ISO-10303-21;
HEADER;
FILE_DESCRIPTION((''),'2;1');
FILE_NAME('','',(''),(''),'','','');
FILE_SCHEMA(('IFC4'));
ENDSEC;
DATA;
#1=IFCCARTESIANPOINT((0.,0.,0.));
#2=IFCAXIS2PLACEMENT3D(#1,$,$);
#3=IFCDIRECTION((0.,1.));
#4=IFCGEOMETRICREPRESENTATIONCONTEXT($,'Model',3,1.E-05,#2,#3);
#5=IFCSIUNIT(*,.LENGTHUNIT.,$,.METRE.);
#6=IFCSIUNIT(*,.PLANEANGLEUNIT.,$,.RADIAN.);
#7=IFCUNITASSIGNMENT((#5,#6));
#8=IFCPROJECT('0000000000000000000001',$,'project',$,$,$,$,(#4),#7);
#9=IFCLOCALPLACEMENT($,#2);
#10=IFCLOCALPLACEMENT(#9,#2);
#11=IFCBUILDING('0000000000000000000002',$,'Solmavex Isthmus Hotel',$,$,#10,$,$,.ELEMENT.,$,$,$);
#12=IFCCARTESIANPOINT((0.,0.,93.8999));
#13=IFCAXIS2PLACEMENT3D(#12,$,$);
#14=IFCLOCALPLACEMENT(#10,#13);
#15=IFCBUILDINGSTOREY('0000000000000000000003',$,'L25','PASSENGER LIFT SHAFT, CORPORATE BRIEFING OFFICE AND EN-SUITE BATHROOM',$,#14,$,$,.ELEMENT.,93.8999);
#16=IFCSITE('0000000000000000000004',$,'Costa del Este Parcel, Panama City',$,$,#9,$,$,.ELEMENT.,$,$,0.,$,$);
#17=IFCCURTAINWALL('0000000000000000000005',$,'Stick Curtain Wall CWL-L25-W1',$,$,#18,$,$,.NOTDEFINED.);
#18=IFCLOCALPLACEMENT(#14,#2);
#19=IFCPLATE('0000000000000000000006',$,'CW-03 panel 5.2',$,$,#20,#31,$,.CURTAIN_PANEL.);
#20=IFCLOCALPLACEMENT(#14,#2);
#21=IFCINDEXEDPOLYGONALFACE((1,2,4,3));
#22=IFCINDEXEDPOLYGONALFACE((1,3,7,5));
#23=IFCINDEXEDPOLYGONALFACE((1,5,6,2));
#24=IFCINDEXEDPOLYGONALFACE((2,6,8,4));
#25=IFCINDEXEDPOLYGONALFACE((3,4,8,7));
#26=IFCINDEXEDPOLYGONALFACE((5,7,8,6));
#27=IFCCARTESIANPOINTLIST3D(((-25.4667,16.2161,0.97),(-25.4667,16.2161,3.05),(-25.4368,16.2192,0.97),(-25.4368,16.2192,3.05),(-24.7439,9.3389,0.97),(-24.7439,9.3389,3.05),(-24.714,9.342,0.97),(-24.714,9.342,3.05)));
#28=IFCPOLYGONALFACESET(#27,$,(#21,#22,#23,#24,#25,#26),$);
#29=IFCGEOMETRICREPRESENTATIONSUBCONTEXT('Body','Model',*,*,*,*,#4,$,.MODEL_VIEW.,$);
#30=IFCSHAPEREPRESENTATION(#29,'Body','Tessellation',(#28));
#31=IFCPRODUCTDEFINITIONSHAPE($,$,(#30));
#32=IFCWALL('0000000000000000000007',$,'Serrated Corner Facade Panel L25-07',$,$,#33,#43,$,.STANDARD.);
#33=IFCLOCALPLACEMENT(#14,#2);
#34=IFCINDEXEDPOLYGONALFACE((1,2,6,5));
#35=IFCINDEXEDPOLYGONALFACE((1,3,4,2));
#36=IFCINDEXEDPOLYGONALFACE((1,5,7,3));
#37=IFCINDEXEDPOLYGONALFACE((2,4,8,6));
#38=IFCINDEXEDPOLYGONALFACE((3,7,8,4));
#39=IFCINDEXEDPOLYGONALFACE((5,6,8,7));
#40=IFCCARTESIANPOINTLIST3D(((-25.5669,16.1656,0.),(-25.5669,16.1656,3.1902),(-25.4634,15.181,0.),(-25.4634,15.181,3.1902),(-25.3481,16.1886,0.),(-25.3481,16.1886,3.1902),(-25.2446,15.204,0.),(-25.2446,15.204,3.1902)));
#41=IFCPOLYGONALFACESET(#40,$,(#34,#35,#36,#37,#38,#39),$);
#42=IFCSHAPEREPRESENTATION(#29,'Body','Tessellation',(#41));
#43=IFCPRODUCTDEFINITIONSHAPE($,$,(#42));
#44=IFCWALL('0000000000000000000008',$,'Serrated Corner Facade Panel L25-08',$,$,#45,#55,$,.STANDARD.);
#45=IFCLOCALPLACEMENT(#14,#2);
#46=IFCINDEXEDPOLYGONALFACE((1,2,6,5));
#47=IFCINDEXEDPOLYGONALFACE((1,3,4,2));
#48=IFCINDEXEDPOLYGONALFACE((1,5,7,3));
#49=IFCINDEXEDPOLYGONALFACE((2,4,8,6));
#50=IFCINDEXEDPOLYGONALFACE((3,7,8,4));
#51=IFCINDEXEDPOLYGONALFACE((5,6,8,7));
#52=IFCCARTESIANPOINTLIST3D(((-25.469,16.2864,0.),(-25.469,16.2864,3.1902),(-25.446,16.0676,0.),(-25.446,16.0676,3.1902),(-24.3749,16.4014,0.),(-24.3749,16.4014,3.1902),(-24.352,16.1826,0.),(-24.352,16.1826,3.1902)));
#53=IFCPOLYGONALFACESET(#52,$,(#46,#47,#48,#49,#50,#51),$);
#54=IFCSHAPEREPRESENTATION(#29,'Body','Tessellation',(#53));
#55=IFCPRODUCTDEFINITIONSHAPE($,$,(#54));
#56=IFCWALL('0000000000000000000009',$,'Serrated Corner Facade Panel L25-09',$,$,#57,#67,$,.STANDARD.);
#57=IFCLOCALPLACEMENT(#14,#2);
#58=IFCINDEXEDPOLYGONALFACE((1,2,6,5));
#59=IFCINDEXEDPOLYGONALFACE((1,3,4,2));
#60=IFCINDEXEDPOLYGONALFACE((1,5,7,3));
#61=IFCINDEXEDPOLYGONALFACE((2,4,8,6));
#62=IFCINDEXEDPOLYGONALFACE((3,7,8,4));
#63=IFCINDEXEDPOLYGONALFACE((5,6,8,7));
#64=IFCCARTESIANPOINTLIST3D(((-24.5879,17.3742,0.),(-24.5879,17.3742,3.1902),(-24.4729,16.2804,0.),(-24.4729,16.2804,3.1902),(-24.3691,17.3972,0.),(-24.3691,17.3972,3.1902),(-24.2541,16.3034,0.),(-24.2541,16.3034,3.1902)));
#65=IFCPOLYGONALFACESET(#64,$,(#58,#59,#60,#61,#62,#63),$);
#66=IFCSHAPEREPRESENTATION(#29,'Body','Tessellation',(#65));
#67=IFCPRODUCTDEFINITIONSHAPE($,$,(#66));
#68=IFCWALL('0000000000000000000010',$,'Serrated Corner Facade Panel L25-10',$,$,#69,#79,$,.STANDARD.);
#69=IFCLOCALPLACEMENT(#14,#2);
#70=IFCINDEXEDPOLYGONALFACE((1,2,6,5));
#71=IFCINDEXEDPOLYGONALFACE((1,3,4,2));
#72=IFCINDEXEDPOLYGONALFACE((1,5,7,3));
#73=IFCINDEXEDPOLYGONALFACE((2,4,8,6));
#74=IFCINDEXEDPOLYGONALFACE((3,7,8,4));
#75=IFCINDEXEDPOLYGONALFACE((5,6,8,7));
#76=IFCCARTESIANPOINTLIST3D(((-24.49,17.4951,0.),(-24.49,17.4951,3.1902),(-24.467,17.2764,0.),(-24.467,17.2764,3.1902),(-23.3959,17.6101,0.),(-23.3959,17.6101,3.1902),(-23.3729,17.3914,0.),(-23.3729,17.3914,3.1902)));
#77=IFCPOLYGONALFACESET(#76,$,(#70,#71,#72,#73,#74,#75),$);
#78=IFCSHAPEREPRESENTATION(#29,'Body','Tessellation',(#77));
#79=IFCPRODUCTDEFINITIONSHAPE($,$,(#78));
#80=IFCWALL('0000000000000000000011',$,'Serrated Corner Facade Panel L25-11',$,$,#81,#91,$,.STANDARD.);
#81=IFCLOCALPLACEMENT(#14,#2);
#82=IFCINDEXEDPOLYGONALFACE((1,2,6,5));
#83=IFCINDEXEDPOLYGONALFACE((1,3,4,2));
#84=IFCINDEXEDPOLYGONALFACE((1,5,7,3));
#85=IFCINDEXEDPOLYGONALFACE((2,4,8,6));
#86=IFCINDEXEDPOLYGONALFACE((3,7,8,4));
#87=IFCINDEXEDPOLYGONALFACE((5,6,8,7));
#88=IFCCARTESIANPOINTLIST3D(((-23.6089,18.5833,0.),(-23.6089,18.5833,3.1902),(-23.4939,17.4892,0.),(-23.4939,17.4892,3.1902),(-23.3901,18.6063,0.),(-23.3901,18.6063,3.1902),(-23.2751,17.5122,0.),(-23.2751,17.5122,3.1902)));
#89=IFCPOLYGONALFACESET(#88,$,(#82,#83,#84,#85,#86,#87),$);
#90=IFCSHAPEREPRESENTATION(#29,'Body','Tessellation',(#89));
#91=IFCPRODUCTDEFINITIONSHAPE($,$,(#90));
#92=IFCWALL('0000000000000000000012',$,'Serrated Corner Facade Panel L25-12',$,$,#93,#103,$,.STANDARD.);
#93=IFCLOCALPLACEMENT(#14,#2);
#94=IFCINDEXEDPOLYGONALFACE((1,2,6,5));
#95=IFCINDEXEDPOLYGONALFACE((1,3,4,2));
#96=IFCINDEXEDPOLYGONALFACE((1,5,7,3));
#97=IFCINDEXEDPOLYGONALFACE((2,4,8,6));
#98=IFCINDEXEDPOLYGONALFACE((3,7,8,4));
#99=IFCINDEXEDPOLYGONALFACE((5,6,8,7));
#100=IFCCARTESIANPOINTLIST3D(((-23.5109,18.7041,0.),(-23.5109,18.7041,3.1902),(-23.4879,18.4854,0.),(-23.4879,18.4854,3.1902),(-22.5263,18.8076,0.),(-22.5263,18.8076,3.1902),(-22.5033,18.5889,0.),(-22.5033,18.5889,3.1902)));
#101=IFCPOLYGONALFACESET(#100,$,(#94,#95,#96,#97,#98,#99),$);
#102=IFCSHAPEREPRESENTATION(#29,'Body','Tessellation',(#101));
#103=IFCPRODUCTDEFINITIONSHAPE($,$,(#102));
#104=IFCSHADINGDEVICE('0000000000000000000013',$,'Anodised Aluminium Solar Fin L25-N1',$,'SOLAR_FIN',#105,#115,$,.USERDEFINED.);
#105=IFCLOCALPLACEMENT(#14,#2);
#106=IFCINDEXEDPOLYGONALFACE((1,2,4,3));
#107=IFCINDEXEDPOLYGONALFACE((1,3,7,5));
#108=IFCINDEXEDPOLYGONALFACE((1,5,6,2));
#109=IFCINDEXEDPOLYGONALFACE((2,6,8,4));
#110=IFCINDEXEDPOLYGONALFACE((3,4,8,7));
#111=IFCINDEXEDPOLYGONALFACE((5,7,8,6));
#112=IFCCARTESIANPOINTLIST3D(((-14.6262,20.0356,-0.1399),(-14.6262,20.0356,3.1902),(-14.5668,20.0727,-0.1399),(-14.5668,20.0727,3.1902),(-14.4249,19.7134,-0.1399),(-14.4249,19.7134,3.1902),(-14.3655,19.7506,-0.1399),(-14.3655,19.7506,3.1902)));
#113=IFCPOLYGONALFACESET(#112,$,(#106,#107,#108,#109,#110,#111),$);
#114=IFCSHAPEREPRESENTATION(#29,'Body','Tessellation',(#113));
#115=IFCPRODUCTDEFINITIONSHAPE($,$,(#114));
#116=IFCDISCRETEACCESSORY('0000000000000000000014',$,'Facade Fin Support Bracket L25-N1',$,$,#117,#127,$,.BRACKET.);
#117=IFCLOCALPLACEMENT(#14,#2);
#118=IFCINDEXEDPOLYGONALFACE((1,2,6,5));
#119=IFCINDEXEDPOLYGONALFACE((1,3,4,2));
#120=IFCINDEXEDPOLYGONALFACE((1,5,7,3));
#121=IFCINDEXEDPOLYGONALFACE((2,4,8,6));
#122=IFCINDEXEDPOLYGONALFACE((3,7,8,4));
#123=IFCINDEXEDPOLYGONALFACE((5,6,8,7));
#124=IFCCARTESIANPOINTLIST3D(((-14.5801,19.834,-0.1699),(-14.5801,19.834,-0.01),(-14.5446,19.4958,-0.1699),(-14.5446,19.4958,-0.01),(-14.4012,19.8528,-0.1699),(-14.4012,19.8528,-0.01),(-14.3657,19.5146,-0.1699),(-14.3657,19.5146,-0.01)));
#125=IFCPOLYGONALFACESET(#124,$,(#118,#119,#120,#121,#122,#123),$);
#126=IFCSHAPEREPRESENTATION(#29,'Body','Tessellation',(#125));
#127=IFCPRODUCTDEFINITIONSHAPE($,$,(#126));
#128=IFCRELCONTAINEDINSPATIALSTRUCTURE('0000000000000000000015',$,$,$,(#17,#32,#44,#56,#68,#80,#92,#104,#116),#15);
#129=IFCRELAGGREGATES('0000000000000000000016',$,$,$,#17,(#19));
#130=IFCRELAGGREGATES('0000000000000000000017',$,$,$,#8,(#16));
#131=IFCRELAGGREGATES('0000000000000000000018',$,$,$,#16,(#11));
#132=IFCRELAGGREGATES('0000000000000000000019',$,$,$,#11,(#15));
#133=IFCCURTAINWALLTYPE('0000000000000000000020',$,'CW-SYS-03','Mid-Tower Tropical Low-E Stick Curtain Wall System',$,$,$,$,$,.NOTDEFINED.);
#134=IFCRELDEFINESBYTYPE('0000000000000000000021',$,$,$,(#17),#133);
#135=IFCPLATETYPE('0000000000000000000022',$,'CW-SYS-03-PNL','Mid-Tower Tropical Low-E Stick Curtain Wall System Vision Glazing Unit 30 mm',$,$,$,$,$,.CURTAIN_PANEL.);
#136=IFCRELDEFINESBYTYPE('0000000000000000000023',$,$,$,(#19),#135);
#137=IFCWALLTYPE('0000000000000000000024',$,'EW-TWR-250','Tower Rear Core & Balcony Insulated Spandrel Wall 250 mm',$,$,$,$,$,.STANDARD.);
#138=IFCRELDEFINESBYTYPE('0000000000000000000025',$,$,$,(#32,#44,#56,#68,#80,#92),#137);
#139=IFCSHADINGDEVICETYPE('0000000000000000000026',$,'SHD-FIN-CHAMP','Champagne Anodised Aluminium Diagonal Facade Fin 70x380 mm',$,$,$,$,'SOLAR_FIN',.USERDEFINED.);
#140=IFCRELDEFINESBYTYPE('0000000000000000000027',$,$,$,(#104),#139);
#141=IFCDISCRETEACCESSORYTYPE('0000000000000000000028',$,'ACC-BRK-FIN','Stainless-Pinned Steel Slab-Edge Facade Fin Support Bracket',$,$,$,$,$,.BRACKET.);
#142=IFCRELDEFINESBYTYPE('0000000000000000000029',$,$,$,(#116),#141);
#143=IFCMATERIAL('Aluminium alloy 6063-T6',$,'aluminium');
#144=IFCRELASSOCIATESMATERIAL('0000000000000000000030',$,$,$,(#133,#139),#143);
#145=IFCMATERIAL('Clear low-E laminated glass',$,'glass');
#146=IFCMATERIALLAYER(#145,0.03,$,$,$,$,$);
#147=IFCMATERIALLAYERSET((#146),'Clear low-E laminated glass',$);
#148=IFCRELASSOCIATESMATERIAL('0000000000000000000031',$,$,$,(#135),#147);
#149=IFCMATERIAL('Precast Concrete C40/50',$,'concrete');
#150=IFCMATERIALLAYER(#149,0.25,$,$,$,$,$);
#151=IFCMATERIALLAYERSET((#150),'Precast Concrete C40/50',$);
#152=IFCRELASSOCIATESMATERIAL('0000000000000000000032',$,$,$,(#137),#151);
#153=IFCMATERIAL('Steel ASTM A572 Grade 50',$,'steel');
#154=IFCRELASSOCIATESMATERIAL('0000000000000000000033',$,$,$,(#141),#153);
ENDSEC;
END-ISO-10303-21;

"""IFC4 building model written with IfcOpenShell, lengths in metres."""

from ifc_helpers import new_model, si_unit, direction, frame, frame_2d, origin, origin_2d, place, context, subcontext, project, spatial, rectangle, extrude, material, layer, layer_set, type_object, element, aggregate, save


model = new_model("IFC4")

# Units and contexts
model_context = context("Model", 3, precision=1e-05, world=origin(), true_north=direction((0.0, 1.0)))
body_context = subcontext(model_context, "Body", "Model", "MODEL_VIEW")
ifc_project = project(units=[si_unit("LENGTHUNIT", "METRE"), si_unit("PLANEANGLEUNIT", "RADIAN")], contexts=[model_context])

# Site, building, storey
site_placement = place(None, origin())
site = spatial("IfcSite", under=ifc_project, at=site_placement, Name="Costa del Este Parcel, Panama City", CompositionType="ELEMENT", RefElevation=0.0)
building_placement = place(site_placement, origin())
building = spatial("IfcBuilding", under=site, at=building_placement, Name="Solmavex Isthmus Hotel", CompositionType="ELEMENT")
storey_placement = place(building_placement, frame((0.0, 0.0, 93.8999)))
storey = spatial("IfcBuildingStorey", under=building, at=storey_placement, Name="L25", Description="PASSENGER LIFT SHAFT, CORPORATE BRIEFING OFFICE AND EN-SUITE BATHROOM", CompositionType="ELEMENT", Elevation=93.8999)

# Shared definitions
ifc_material_1 = material(Name="Aluminium alloy 6063-T6", Category="aluminium")
curtain_wall_type = type_object("IfcCurtainWallType", Name="CW-SYS-03", Description="Mid-Tower Tropical Low-E Stick Curtain Wall System", PredefinedType="NOTDEFINED", material=ifc_material_1)

# Curtain wall
curtain_wall_1_placement = place(storey_placement, origin())
curtain_wall_1 = element("IfcCurtainWall", 1, at=curtain_wall_1_placement, inside=storey, type_object=curtain_wall_type, Name="Stick Curtain Wall CWL-L25-W1", PredefinedType="NOTDEFINED")

# Plate
ifc_material_2 = material(Name="Clear low-E laminated glass", Category="glass")
ifc_layer_1 = layer(ifc_material_2, 0.03)
ifc_layer_set_1 = layer_set([ifc_layer_1], Name="Clear low-E laminated glass")
plate_type = type_object("IfcPlateType", Name="CW-SYS-03-PNL", Description="Mid-Tower Tropical Low-E Stick Curtain Wall System Vision Glazing Unit 30 mm", PredefinedType="CURTAIN_PANEL", material=ifc_layer_set_1)
plate_1_placement = place(storey_placement, frame((-25.0903, 12.7791, 0.97), z_axis=(0.0, 0.0, 1.0), x_axis=(-0.104528, 0.994522, 0.0)))
plate_1 = element("IfcPlate", 2, at=plate_1_placement, type_object=plate_type, Name="CW-03 panel 5.2", PredefinedType="CURTAIN_PANEL", context=body_context, shape_type="SweptSolid", body=[
    extrude(rectangle(XDim=6.915, YDim=0.03, at=origin_2d()), origin(), (0.0, 0.0, 1.0), 2.0801),
])
aggregate(curtain_wall_1, [plate_1])

# Walls
ifc_material_3 = material(Name="Precast Concrete C40/50", Category="concrete")
ifc_layer_2 = layer(ifc_material_3, 0.25)
ifc_layer_set_2 = layer_set([ifc_layer_2], Name="Precast Concrete C40/50")
wall_type = type_object("IfcWallType", Name="EW-TWR-250", Description="Tower Rear Core & Balcony Insulated Spandrel Wall 250 mm", PredefinedType="STANDARD", material=ifc_layer_set_2)
wall_1_placement = place(storey_placement, frame((-25.354, 15.1924, 0.0), z_axis=(0.0, 0.0, 1.0), x_axis=(-0.104556, 0.994519, 0.0)))
element("IfcWall", 3, at=wall_1_placement, inside=storey, type_object=wall_type, Name="Serrated Corner Facade Panel L25-07", PredefinedType="STANDARD", context=body_context, shape_type="SweptSolid", body=[
    extrude(rectangle(XDim=0.99, YDim=0.22, at=frame_2d((0.4951, 0.0))), origin(), (0.0, 0.0, 1.0), 3.1902),
])
wall_2_placement = place(storey_placement, frame((-25.4575, 16.177, 0.0), z_axis=(0.0, 0.0, 1.0), x_axis=(0.994521, 0.104535, 0.0)))
element("IfcWall", 4, at=wall_2_placement, inside=storey, type_object=wall_type, Name="Serrated Corner Facade Panel L25-08", PredefinedType="STANDARD", context=body_context, shape_type="SweptSolid", body=[
    extrude(rectangle(XDim=1.1001, YDim=0.22, at=frame_2d((0.55, 0.0))), origin(), (0.0, 0.0, 1.0), 3.1902),
])
wall_3_placement = place(storey_placement, frame((-24.3635, 16.292, 0.0), z_axis=(0.0, 0.0, 1.0), x_axis=(-0.104558, 0.994519, 0.0)))
element("IfcWall", 5, at=wall_3_placement, inside=storey, type_object=wall_type, Name="Serrated Corner Facade Panel L25-09", PredefinedType="STANDARD", context=body_context, shape_type="SweptSolid", body=[
    extrude(rectangle(XDim=1.0999, YDim=0.22, at=frame_2d((0.5498, 0.0))), origin(), (0.0, 0.0, 1.0), 3.1902),
])
for number, where, z_axis, x_axis, name in (
    (6, (-24.4785, 17.3857, 0.0), (0.0, 0.0, 1.0), (0.994521, 0.104535, 0.0), "Serrated Corner Facade Panel L25-10"),
    (7, (-23.3845, 17.5007, 0.0), (0.0, 0.0, 1.0), (-0.104535, 0.994521, 0.0), "Serrated Corner Facade Panel L25-11"),
):
    element("IfcWall", number, at=place(storey_placement, frame(where, z_axis=z_axis, x_axis=x_axis)), inside=storey, type_object=wall_type, Name=name, PredefinedType="STANDARD", context=body_context, shape_type="SweptSolid", body=[
        extrude(rectangle(XDim=1.1001, YDim=0.22, at=frame_2d((0.55, 0.0))), origin(), (0.0, 0.0, 1.0), 3.1902),
    ])
wall_4_placement = place(storey_placement, frame((-23.4995, 18.5947, 0.0), z_axis=(0.0, 0.0, 1.0), x_axis=(0.994519, 0.104556, 0.0)))
element("IfcWall", 8, at=wall_4_placement, inside=storey, type_object=wall_type, Name="Serrated Corner Facade Panel L25-12", PredefinedType="STANDARD", context=body_context, shape_type="SweptSolid", body=[
    extrude(rectangle(XDim=0.99, YDim=0.22, at=frame_2d((0.4951, 0.0))), origin(), (0.0, 0.0, 1.0), 3.1902),
])

# Shading device
shading_device_type = type_object("IfcShadingDeviceType", Name="SHD-FIN-CHAMP", Description="Champagne Anodised Aluminium Diagonal Facade Fin 70x380 mm", ElementType="SOLAR_FIN", PredefinedType="USERDEFINED", material=ifc_material_1)
shading_device_placement = place(storey_placement, frame((-14.4958, 19.8931, -0.1399), z_axis=(0.0, 0.0, 1.0), x_axis=(-0.529919, 0.848048, 0.0)))
element("IfcShadingDevice", 9, at=shading_device_placement, inside=storey, type_object=shading_device_type, Name="Anodised Aluminium Solar Fin L25-N1", ObjectType="SOLAR_FIN", PredefinedType="USERDEFINED", context=body_context, shape_type="SweptSolid", body=[
    extrude(rectangle(XDim=0.3799, YDim=0.0701, at=origin_2d()), origin(), (0.0, 0.0, 1.0), 3.3301),
])

# Discrete accessory
ifc_material_4 = material(Name="Steel ASTM A572 Grade 50", Category="steel")
discrete_accessory_type = type_object("IfcDiscreteAccessoryType", Name="ACC-BRK-FIN", Description="Stainless-Pinned Steel Slab-Edge Facade Fin Support Bracket", PredefinedType="BRACKET", material=ifc_material_4)
discrete_accessory_placement = place(storey_placement, frame((-14.4729, 19.6743, -0.1699), z_axis=(0.0, 0.0, 1.0), x_axis=(-0.104528, 0.994522, 0.0)))
element("IfcDiscreteAccessory", 10, at=discrete_accessory_placement, inside=storey, type_object=discrete_accessory_type, Name="Facade Fin Support Bracket L25-N1", PredefinedType="BRACKET", context=body_context, shape_type="SweptSolid", body=[
    extrude(rectangle(XDim=0.3401, YDim=0.1799, at=origin_2d()), origin(), (0.0, 0.0, 1.0), 0.1599),
])

save(model, "model.ifc")
